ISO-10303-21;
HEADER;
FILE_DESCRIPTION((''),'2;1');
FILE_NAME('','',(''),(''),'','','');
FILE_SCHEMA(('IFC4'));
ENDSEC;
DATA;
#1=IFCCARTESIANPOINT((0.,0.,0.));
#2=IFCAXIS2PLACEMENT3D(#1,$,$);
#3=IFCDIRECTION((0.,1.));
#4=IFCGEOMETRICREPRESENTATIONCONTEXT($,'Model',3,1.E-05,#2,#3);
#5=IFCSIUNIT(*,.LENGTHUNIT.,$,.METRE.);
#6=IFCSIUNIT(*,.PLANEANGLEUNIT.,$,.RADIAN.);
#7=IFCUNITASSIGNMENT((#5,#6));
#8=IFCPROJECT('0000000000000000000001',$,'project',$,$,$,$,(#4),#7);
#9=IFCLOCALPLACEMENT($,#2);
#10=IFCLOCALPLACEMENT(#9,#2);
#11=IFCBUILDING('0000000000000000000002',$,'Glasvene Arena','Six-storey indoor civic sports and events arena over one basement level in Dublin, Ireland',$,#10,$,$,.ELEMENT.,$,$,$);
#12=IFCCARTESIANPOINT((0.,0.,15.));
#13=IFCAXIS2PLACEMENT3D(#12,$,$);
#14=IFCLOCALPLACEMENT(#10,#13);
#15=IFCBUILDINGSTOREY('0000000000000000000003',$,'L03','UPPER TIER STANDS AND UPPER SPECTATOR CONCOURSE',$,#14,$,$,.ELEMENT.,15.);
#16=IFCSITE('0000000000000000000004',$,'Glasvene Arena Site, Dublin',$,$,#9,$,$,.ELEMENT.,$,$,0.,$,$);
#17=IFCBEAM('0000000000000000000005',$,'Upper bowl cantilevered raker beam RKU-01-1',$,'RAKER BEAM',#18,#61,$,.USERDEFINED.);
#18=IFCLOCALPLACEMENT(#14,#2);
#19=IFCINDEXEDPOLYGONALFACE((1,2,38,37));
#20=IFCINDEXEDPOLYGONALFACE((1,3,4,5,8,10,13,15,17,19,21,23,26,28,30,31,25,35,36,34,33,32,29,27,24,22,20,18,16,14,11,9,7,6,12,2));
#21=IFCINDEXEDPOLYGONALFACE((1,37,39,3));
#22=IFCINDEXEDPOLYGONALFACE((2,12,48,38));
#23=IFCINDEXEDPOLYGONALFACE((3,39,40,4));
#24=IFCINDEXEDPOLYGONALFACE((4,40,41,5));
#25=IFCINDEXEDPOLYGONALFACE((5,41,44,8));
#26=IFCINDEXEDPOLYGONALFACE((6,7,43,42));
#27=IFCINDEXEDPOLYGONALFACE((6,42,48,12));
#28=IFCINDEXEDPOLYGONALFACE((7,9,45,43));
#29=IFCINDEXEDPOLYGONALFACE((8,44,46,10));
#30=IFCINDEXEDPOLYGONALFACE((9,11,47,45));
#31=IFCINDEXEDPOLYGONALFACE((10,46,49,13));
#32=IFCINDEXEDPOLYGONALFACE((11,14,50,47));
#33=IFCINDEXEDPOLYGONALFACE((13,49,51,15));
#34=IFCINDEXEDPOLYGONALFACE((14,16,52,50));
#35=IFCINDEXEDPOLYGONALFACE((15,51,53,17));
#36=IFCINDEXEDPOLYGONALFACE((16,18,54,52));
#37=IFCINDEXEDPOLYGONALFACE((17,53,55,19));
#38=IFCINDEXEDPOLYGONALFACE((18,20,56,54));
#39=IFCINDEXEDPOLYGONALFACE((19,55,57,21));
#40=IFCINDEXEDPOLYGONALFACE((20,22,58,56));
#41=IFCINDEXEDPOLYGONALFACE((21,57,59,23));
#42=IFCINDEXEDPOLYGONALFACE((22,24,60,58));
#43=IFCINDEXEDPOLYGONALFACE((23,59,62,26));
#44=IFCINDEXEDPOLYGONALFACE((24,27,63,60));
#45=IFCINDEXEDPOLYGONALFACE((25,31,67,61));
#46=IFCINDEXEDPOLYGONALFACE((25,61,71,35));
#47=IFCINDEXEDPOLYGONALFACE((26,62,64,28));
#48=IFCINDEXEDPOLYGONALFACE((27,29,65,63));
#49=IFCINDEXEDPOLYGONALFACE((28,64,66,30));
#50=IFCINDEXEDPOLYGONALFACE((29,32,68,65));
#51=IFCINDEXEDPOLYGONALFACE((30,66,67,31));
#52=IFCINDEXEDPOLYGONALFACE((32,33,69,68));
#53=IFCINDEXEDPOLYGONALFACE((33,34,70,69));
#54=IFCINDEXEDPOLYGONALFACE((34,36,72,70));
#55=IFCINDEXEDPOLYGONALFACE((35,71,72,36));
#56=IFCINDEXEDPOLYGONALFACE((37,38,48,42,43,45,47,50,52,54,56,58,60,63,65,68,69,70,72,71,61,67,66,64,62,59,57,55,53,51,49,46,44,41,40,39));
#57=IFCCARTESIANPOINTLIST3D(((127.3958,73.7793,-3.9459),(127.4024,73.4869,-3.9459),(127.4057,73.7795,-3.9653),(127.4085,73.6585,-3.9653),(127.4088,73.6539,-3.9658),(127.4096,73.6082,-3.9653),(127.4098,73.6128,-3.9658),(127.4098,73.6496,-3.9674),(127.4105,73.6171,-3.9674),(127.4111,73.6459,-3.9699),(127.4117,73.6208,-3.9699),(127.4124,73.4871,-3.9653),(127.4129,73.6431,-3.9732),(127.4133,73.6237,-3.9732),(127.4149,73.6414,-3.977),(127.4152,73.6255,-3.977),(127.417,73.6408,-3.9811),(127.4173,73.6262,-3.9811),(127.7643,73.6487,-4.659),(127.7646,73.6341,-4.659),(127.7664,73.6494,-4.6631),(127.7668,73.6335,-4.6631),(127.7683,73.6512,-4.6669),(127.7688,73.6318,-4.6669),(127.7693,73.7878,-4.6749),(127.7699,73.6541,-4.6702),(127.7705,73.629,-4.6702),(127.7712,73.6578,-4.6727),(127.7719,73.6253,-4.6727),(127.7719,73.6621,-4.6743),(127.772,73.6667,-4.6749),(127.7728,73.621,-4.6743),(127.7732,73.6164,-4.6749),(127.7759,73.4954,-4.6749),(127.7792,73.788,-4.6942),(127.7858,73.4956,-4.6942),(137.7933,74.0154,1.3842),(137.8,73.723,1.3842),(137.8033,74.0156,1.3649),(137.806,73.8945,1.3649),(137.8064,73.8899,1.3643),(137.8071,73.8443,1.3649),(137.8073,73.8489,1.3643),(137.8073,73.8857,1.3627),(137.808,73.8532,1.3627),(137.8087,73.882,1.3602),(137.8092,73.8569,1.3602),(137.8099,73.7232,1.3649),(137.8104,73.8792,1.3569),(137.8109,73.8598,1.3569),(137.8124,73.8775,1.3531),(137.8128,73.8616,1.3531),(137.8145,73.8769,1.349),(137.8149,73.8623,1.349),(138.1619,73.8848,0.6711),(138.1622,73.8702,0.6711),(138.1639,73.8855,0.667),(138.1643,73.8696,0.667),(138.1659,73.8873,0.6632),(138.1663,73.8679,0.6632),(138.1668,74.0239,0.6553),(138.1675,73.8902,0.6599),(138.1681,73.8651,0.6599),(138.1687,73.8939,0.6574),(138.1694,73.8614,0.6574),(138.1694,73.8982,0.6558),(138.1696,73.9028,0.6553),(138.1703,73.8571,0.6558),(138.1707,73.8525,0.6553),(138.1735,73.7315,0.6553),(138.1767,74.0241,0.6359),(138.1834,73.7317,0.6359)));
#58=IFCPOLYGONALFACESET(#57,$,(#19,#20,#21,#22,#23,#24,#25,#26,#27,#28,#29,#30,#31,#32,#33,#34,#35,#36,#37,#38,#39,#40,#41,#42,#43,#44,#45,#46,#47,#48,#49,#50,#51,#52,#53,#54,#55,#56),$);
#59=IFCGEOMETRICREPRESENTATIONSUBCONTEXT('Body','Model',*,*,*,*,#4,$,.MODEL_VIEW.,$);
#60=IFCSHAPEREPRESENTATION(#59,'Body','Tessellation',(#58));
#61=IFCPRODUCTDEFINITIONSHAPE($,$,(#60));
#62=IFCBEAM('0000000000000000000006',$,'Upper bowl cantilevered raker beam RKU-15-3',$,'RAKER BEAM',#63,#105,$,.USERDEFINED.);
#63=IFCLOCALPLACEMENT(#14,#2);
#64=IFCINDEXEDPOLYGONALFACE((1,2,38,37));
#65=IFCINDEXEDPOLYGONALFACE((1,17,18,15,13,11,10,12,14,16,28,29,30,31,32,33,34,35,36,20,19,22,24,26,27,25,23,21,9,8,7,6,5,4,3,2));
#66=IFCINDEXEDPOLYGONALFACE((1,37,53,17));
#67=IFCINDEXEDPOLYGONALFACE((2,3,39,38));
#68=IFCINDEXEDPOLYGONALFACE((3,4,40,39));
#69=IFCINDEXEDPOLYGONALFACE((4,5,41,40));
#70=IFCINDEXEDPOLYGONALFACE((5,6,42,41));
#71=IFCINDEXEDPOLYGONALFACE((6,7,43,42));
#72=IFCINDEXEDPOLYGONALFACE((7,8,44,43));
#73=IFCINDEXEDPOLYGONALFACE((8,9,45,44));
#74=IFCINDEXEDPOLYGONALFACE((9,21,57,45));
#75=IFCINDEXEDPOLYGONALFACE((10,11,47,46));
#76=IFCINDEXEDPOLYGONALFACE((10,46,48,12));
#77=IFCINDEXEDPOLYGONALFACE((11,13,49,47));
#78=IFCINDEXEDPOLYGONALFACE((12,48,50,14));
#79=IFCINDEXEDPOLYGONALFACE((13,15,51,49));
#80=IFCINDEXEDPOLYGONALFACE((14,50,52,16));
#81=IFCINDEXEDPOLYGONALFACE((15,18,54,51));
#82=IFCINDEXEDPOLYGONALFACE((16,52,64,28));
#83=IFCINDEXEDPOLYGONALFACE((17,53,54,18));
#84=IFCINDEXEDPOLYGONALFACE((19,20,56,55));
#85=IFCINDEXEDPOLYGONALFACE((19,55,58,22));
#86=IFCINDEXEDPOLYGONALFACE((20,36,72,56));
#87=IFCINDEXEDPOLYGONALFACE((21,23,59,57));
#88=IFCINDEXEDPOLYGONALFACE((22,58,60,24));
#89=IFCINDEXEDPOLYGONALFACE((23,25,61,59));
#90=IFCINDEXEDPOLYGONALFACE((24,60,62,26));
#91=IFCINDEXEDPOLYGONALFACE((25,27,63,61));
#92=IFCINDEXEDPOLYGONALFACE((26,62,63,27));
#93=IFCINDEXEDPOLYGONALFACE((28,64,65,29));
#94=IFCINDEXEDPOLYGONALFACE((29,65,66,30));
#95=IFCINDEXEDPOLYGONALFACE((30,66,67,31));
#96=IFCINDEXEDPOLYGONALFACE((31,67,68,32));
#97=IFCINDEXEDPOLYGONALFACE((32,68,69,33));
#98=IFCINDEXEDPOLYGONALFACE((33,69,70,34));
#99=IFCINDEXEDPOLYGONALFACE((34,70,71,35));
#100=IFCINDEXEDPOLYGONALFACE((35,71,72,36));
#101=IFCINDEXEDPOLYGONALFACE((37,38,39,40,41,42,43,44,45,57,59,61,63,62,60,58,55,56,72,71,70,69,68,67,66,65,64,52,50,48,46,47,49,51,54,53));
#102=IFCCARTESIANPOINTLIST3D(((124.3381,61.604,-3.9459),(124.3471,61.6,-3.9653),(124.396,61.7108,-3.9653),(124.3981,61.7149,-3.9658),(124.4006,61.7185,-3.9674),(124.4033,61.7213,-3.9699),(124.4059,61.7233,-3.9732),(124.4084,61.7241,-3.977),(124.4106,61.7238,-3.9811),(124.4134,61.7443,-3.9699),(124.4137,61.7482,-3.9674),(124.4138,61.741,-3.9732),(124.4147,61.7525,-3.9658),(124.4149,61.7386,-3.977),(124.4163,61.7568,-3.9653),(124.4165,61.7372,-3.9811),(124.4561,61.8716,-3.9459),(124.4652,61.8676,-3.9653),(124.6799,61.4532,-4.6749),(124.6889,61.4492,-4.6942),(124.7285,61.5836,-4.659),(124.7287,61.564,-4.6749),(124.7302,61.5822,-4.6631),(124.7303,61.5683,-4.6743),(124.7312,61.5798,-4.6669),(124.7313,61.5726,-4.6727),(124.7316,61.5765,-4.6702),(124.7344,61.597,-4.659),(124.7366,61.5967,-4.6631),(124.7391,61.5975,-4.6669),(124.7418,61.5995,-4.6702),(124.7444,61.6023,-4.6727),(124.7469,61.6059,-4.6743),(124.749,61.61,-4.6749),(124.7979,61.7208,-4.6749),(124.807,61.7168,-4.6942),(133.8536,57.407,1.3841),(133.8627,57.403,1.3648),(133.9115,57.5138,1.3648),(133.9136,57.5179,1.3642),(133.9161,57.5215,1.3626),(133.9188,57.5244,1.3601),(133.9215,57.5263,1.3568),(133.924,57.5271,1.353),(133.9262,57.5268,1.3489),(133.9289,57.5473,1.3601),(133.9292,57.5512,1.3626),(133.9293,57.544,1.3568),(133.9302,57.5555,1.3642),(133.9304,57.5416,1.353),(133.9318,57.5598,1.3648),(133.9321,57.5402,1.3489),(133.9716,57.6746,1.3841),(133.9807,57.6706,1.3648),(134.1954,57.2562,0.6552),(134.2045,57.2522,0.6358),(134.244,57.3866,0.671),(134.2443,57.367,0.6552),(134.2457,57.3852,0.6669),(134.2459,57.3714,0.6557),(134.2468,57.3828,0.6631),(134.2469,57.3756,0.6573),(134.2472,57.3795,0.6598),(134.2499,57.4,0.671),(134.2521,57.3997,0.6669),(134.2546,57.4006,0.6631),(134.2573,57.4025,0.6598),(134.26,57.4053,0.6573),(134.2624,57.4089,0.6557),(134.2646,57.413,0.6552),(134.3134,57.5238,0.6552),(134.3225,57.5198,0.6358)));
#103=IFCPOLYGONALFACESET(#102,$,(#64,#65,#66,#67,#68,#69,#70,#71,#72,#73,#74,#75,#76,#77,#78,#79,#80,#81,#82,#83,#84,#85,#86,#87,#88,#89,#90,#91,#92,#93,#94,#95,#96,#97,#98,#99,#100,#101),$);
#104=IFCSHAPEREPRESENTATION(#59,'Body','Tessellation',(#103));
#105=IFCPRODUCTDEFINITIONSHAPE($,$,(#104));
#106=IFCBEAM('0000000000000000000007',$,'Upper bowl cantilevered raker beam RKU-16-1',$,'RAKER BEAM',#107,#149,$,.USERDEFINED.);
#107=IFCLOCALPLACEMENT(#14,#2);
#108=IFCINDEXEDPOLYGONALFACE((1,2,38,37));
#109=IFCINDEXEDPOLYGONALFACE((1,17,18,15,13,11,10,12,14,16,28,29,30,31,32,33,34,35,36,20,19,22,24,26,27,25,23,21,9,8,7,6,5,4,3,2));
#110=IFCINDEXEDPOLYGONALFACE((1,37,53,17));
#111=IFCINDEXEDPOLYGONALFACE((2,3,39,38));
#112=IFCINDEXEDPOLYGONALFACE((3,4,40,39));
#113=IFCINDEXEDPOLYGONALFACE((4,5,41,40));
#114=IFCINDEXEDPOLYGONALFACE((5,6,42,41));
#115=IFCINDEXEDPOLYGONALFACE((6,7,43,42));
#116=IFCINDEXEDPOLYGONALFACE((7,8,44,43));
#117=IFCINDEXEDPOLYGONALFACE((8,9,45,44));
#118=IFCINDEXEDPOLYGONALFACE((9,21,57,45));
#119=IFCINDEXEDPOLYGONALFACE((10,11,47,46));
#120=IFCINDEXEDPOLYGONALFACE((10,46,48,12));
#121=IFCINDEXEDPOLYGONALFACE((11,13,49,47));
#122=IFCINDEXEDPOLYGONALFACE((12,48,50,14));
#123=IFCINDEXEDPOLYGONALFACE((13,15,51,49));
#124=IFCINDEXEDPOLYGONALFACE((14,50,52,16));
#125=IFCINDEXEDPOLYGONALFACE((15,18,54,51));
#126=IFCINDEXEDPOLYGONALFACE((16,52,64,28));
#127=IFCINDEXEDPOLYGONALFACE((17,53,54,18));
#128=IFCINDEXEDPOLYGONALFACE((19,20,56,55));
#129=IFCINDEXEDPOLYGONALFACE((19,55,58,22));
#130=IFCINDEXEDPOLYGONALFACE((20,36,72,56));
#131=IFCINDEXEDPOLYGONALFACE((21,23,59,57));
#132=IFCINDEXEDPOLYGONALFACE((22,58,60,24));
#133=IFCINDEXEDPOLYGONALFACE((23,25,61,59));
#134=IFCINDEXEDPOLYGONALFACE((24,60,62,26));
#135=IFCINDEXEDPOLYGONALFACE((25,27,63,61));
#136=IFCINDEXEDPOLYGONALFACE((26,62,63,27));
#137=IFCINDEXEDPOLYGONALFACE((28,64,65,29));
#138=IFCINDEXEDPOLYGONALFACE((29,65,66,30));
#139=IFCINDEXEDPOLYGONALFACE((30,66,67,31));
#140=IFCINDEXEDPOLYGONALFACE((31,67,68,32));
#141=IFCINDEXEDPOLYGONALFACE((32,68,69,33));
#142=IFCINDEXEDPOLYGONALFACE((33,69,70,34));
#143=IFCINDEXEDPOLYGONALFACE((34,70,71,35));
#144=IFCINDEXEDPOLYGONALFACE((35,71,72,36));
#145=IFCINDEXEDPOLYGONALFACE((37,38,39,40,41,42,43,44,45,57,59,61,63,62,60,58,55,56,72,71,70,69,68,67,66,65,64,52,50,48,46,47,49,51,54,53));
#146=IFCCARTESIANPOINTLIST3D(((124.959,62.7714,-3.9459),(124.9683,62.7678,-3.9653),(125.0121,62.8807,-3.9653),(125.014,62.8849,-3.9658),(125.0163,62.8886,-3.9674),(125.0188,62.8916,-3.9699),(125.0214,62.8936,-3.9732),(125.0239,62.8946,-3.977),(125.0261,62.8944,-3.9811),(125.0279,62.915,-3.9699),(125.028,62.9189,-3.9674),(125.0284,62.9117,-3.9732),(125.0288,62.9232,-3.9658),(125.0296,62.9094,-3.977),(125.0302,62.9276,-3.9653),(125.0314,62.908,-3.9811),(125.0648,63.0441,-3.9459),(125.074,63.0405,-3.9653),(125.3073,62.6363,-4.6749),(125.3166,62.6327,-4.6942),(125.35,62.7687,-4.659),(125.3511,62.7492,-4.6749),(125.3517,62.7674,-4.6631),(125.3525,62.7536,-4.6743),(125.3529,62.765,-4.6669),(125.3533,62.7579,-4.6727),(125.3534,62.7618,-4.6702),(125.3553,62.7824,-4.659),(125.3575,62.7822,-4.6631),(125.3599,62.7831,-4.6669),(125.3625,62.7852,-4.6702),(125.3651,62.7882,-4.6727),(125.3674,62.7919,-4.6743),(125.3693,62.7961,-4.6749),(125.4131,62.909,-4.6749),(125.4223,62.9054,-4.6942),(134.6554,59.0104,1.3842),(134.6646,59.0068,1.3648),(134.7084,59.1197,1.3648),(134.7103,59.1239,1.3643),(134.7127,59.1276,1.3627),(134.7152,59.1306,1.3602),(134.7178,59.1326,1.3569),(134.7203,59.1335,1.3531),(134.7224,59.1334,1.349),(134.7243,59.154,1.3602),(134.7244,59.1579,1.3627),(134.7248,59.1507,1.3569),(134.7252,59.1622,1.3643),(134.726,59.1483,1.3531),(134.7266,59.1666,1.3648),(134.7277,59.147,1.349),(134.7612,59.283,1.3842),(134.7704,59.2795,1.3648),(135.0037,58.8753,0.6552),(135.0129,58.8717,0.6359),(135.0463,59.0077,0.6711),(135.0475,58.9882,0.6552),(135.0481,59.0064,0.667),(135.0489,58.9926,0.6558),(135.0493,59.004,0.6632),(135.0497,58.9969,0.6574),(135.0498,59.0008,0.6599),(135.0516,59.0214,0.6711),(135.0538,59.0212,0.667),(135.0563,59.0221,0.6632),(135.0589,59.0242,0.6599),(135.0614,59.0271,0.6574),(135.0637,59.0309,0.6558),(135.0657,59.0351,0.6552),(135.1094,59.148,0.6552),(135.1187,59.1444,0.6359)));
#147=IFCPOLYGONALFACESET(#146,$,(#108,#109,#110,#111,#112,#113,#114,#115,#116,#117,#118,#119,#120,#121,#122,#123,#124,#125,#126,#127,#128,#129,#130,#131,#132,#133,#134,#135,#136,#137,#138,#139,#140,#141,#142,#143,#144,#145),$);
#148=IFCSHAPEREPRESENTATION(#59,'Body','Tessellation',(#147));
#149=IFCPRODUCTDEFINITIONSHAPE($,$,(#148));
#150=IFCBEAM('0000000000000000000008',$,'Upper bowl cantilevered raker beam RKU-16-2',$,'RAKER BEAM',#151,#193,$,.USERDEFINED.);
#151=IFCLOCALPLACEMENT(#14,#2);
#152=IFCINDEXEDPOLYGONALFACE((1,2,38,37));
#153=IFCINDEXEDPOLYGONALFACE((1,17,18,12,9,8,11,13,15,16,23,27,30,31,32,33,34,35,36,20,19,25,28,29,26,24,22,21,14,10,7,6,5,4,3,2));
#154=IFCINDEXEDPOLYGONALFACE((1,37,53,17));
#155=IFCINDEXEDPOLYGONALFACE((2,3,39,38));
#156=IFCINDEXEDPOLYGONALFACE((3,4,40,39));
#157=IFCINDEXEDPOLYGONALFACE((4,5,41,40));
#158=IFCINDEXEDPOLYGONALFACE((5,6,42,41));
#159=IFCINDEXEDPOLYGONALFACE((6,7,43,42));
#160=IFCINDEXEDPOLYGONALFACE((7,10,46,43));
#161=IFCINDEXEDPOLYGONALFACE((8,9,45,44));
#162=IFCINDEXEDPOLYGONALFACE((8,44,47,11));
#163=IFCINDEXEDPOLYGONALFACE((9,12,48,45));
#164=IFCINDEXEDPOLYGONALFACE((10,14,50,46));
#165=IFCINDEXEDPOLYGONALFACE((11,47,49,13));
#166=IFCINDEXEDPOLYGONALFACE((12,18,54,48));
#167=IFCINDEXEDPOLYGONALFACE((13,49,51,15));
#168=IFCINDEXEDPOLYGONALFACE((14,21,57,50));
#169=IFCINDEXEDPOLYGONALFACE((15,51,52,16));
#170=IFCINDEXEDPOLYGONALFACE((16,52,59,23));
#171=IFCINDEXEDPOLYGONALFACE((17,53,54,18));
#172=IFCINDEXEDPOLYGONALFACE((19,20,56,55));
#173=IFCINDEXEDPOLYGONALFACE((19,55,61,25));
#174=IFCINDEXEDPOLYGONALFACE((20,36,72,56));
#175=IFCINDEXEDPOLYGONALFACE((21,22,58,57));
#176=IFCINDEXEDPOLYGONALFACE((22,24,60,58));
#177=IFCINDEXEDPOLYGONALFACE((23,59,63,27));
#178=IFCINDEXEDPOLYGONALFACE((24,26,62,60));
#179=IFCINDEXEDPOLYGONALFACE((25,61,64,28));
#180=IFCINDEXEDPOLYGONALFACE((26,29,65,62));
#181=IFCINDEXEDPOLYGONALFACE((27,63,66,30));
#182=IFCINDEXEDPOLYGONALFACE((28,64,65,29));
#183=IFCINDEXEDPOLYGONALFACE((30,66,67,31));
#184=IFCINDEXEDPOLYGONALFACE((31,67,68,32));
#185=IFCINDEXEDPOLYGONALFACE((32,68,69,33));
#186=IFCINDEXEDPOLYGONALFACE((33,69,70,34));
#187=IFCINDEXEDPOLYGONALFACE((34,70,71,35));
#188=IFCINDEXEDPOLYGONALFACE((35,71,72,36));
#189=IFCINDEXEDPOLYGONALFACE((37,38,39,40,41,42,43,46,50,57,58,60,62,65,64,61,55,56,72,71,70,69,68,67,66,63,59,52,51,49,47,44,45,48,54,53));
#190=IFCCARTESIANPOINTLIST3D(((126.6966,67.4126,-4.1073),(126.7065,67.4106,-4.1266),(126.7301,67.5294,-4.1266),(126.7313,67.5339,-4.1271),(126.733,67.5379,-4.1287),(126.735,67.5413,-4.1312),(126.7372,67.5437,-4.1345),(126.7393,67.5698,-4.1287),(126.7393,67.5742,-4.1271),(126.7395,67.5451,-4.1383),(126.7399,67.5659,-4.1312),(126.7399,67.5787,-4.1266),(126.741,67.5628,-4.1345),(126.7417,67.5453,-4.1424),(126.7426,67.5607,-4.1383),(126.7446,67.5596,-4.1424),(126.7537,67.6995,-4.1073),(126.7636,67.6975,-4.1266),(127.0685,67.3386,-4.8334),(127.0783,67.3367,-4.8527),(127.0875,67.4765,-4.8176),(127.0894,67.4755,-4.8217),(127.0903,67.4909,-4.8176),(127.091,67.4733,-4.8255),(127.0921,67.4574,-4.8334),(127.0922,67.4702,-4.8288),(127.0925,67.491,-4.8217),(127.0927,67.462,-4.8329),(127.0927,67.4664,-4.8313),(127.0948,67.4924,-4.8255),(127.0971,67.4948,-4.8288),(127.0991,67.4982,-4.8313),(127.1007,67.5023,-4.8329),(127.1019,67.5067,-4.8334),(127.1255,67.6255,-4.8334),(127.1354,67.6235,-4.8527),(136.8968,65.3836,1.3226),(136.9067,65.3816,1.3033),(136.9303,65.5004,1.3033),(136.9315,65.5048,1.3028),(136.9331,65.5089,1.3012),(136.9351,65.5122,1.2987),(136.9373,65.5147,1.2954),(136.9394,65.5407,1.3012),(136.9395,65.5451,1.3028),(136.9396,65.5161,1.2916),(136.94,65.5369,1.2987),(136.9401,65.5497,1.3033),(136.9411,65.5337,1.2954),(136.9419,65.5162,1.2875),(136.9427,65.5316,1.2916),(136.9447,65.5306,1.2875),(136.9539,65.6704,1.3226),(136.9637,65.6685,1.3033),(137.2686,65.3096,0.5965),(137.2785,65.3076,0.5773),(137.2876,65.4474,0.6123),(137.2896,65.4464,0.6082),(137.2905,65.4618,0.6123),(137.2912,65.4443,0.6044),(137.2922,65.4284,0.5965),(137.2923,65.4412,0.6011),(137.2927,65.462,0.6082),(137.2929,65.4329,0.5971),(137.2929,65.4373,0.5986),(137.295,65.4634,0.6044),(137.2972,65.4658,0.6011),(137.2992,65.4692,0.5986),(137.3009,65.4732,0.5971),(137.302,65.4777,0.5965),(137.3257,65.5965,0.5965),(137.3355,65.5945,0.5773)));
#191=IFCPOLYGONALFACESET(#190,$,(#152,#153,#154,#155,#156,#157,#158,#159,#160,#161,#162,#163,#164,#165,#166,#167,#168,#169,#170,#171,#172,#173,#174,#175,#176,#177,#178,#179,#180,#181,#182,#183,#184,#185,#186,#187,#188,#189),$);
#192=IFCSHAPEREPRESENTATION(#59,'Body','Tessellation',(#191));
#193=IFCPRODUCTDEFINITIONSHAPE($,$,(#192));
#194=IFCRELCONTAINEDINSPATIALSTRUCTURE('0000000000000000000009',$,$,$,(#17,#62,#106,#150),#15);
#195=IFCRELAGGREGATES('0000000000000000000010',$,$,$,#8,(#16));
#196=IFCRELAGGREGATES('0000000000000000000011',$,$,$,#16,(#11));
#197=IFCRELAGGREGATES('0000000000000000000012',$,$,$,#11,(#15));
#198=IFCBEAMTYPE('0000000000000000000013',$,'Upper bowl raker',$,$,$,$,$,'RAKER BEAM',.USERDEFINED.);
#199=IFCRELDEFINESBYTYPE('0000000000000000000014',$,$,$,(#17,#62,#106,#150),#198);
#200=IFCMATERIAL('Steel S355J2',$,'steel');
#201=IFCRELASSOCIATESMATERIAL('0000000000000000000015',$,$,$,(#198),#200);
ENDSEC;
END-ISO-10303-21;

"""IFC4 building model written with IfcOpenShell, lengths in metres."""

from ifc_helpers import new_model, si_unit, direction, frame, origin, origin_2d, place, context, subcontext, project, spatial, i_section, extrude, material, material_profile, profile_set, type_object, element, save


model = new_model("IFC4")

# Units and contexts
model_context = context("Model", 3, precision=1e-05, world=origin(), true_north=direction((0.0, 1.0)))
body_context = subcontext(model_context, "Body", "Model", "MODEL_VIEW")
ifc_project = project(units=[si_unit("LENGTHUNIT", "METRE"), si_unit("PLANEANGLEUNIT", "RADIAN")], contexts=[model_context])

# Site, building, storey
site_placement = place(None, origin())
site = spatial("IfcSite", under=ifc_project, at=site_placement, Name="Glasvene Arena Site, Dublin", CompositionType="ELEMENT", RefElevation=0.0)
building_placement = place(site_placement, origin())
building = spatial("IfcBuilding", under=site, at=building_placement, Name="Glasvene Arena", Description="Six-storey indoor civic sports and events arena over one basement level in Dublin, Ireland", CompositionType="ELEMENT")
storey_placement = place(building_placement, frame((0.0, 0.0, 15.0)))
storey = spatial("IfcBuildingStorey", under=building, at=storey_placement, Name="L03", Description="UPPER TIER STANDS AND UPPER SPECTATOR CONCOURSE", CompositionType="ELEMENT", Elevation=15.0)

# Beams
ifc_material_1 = material(Name="Steel S355J2", Category="steel")
ifc_material_profile_1 = material_profile(ifc_material_1, i_section(OverallWidth=0.2925, OverallDepth=0.8408, WebThickness=0.0146, FlangeThickness=0.0217, FilletRadius=0.0178, at=origin_2d()), Name="UKB 838x292x194")
ifc_profile_set_1 = profile_set([ifc_material_profile_1], Name="Steel S355J2")
beam_type_1 = type_object("IfcBeamType", Name="Upper bowl raker", ElementType="RAKER BEAM", PredefinedType="USERDEFINED", material=ifc_profile_set_1)
beam_1_placement = place(storey_placement, frame((127.5908, 73.6375, -4.3201), z_axis=(0.889704, 0.020202, 0.456091), x_axis=(-0.0227, 0.999742, 0.0)))
element("IfcBeam", 1, at=beam_1_placement, inside=storey, type_object=beam_type_1, Name="Upper bowl cantilevered raker beam RKU-01-1", ObjectType="RAKER BEAM", PredefinedType="USERDEFINED", context=body_context, shape_type="SweptSolid", body=[
    extrude(i_section(OverallWidth=0.2925, OverallDepth=0.8408, WebThickness=0.0146, FlangeThickness=0.0217, FilletRadius=0.0178, at=origin_2d()), origin(), (0.0, 0.0, 1.0), 11.6865),
])
beam_2_placement = place(storey_placement, frame((124.5725, 61.6604, -4.3201), z_axis=(0.814248, -0.359137, 0.456093), x_axis=(0.403556, 0.914955, 0.0)))
element("IfcBeam", 2, at=beam_2_placement, inside=storey, type_object=beam_type_1, Name="Upper bowl cantilevered raker beam RKU-15-3", ObjectType="RAKER BEAM", PredefinedType="USERDEFINED", context=body_context, shape_type="SweptSolid", body=[
    extrude(i_section(OverallWidth=0.2925, OverallDepth=0.8408, WebThickness=0.0146, FlangeThickness=0.0217, FilletRadius=0.0178, at=origin_2d()), origin(), (0.0, 0.0, 1.0), 11.6863),
])
beam_3_placement = place(storey_placement, frame((125.1907, 62.8384, -4.3201), z_axis=(0.829705, -0.321825, 0.456091), x_axis=(0.361628, 0.932322, 0.0)))
element("IfcBeam", 3, at=beam_3_placement, inside=storey, type_object=beam_type_1, Name="Upper bowl cantilevered raker beam RKU-16-1", ObjectType="RAKER BEAM", PredefinedType="USERDEFINED", context=body_context, shape_type="SweptSolid", body=[
    extrude(i_section(OverallWidth=0.2925, OverallDepth=0.8408, WebThickness=0.0146, FlangeThickness=0.0217, FilletRadius=0.0178, at=origin_2d()), origin(), (0.0, 0.0, 1.0), 11.6865),
])
beam_4_placement = place(storey_placement, frame((126.916, 67.5181, -4.48), z_axis=(0.869417, -0.172947, 0.462822), x_axis=(0.1951, 0.980783, 0.0)))
element("IfcBeam", 4, at=beam_4_placement, inside=storey, type_object=beam_type_1, Name="Upper bowl cantilevered raker beam RKU-16-2", ObjectType="RAKER BEAM", PredefinedType="USERDEFINED", context=body_context, shape_type="SweptSolid", body=[
    extrude(i_section(OverallWidth=0.2925, OverallDepth=0.8408, WebThickness=0.0146, FlangeThickness=0.0217, FilletRadius=0.0178, at=origin_2d()), origin(), (0.0, 0.0, 1.0), 11.7322),
])

save(model, "model.ifc")
